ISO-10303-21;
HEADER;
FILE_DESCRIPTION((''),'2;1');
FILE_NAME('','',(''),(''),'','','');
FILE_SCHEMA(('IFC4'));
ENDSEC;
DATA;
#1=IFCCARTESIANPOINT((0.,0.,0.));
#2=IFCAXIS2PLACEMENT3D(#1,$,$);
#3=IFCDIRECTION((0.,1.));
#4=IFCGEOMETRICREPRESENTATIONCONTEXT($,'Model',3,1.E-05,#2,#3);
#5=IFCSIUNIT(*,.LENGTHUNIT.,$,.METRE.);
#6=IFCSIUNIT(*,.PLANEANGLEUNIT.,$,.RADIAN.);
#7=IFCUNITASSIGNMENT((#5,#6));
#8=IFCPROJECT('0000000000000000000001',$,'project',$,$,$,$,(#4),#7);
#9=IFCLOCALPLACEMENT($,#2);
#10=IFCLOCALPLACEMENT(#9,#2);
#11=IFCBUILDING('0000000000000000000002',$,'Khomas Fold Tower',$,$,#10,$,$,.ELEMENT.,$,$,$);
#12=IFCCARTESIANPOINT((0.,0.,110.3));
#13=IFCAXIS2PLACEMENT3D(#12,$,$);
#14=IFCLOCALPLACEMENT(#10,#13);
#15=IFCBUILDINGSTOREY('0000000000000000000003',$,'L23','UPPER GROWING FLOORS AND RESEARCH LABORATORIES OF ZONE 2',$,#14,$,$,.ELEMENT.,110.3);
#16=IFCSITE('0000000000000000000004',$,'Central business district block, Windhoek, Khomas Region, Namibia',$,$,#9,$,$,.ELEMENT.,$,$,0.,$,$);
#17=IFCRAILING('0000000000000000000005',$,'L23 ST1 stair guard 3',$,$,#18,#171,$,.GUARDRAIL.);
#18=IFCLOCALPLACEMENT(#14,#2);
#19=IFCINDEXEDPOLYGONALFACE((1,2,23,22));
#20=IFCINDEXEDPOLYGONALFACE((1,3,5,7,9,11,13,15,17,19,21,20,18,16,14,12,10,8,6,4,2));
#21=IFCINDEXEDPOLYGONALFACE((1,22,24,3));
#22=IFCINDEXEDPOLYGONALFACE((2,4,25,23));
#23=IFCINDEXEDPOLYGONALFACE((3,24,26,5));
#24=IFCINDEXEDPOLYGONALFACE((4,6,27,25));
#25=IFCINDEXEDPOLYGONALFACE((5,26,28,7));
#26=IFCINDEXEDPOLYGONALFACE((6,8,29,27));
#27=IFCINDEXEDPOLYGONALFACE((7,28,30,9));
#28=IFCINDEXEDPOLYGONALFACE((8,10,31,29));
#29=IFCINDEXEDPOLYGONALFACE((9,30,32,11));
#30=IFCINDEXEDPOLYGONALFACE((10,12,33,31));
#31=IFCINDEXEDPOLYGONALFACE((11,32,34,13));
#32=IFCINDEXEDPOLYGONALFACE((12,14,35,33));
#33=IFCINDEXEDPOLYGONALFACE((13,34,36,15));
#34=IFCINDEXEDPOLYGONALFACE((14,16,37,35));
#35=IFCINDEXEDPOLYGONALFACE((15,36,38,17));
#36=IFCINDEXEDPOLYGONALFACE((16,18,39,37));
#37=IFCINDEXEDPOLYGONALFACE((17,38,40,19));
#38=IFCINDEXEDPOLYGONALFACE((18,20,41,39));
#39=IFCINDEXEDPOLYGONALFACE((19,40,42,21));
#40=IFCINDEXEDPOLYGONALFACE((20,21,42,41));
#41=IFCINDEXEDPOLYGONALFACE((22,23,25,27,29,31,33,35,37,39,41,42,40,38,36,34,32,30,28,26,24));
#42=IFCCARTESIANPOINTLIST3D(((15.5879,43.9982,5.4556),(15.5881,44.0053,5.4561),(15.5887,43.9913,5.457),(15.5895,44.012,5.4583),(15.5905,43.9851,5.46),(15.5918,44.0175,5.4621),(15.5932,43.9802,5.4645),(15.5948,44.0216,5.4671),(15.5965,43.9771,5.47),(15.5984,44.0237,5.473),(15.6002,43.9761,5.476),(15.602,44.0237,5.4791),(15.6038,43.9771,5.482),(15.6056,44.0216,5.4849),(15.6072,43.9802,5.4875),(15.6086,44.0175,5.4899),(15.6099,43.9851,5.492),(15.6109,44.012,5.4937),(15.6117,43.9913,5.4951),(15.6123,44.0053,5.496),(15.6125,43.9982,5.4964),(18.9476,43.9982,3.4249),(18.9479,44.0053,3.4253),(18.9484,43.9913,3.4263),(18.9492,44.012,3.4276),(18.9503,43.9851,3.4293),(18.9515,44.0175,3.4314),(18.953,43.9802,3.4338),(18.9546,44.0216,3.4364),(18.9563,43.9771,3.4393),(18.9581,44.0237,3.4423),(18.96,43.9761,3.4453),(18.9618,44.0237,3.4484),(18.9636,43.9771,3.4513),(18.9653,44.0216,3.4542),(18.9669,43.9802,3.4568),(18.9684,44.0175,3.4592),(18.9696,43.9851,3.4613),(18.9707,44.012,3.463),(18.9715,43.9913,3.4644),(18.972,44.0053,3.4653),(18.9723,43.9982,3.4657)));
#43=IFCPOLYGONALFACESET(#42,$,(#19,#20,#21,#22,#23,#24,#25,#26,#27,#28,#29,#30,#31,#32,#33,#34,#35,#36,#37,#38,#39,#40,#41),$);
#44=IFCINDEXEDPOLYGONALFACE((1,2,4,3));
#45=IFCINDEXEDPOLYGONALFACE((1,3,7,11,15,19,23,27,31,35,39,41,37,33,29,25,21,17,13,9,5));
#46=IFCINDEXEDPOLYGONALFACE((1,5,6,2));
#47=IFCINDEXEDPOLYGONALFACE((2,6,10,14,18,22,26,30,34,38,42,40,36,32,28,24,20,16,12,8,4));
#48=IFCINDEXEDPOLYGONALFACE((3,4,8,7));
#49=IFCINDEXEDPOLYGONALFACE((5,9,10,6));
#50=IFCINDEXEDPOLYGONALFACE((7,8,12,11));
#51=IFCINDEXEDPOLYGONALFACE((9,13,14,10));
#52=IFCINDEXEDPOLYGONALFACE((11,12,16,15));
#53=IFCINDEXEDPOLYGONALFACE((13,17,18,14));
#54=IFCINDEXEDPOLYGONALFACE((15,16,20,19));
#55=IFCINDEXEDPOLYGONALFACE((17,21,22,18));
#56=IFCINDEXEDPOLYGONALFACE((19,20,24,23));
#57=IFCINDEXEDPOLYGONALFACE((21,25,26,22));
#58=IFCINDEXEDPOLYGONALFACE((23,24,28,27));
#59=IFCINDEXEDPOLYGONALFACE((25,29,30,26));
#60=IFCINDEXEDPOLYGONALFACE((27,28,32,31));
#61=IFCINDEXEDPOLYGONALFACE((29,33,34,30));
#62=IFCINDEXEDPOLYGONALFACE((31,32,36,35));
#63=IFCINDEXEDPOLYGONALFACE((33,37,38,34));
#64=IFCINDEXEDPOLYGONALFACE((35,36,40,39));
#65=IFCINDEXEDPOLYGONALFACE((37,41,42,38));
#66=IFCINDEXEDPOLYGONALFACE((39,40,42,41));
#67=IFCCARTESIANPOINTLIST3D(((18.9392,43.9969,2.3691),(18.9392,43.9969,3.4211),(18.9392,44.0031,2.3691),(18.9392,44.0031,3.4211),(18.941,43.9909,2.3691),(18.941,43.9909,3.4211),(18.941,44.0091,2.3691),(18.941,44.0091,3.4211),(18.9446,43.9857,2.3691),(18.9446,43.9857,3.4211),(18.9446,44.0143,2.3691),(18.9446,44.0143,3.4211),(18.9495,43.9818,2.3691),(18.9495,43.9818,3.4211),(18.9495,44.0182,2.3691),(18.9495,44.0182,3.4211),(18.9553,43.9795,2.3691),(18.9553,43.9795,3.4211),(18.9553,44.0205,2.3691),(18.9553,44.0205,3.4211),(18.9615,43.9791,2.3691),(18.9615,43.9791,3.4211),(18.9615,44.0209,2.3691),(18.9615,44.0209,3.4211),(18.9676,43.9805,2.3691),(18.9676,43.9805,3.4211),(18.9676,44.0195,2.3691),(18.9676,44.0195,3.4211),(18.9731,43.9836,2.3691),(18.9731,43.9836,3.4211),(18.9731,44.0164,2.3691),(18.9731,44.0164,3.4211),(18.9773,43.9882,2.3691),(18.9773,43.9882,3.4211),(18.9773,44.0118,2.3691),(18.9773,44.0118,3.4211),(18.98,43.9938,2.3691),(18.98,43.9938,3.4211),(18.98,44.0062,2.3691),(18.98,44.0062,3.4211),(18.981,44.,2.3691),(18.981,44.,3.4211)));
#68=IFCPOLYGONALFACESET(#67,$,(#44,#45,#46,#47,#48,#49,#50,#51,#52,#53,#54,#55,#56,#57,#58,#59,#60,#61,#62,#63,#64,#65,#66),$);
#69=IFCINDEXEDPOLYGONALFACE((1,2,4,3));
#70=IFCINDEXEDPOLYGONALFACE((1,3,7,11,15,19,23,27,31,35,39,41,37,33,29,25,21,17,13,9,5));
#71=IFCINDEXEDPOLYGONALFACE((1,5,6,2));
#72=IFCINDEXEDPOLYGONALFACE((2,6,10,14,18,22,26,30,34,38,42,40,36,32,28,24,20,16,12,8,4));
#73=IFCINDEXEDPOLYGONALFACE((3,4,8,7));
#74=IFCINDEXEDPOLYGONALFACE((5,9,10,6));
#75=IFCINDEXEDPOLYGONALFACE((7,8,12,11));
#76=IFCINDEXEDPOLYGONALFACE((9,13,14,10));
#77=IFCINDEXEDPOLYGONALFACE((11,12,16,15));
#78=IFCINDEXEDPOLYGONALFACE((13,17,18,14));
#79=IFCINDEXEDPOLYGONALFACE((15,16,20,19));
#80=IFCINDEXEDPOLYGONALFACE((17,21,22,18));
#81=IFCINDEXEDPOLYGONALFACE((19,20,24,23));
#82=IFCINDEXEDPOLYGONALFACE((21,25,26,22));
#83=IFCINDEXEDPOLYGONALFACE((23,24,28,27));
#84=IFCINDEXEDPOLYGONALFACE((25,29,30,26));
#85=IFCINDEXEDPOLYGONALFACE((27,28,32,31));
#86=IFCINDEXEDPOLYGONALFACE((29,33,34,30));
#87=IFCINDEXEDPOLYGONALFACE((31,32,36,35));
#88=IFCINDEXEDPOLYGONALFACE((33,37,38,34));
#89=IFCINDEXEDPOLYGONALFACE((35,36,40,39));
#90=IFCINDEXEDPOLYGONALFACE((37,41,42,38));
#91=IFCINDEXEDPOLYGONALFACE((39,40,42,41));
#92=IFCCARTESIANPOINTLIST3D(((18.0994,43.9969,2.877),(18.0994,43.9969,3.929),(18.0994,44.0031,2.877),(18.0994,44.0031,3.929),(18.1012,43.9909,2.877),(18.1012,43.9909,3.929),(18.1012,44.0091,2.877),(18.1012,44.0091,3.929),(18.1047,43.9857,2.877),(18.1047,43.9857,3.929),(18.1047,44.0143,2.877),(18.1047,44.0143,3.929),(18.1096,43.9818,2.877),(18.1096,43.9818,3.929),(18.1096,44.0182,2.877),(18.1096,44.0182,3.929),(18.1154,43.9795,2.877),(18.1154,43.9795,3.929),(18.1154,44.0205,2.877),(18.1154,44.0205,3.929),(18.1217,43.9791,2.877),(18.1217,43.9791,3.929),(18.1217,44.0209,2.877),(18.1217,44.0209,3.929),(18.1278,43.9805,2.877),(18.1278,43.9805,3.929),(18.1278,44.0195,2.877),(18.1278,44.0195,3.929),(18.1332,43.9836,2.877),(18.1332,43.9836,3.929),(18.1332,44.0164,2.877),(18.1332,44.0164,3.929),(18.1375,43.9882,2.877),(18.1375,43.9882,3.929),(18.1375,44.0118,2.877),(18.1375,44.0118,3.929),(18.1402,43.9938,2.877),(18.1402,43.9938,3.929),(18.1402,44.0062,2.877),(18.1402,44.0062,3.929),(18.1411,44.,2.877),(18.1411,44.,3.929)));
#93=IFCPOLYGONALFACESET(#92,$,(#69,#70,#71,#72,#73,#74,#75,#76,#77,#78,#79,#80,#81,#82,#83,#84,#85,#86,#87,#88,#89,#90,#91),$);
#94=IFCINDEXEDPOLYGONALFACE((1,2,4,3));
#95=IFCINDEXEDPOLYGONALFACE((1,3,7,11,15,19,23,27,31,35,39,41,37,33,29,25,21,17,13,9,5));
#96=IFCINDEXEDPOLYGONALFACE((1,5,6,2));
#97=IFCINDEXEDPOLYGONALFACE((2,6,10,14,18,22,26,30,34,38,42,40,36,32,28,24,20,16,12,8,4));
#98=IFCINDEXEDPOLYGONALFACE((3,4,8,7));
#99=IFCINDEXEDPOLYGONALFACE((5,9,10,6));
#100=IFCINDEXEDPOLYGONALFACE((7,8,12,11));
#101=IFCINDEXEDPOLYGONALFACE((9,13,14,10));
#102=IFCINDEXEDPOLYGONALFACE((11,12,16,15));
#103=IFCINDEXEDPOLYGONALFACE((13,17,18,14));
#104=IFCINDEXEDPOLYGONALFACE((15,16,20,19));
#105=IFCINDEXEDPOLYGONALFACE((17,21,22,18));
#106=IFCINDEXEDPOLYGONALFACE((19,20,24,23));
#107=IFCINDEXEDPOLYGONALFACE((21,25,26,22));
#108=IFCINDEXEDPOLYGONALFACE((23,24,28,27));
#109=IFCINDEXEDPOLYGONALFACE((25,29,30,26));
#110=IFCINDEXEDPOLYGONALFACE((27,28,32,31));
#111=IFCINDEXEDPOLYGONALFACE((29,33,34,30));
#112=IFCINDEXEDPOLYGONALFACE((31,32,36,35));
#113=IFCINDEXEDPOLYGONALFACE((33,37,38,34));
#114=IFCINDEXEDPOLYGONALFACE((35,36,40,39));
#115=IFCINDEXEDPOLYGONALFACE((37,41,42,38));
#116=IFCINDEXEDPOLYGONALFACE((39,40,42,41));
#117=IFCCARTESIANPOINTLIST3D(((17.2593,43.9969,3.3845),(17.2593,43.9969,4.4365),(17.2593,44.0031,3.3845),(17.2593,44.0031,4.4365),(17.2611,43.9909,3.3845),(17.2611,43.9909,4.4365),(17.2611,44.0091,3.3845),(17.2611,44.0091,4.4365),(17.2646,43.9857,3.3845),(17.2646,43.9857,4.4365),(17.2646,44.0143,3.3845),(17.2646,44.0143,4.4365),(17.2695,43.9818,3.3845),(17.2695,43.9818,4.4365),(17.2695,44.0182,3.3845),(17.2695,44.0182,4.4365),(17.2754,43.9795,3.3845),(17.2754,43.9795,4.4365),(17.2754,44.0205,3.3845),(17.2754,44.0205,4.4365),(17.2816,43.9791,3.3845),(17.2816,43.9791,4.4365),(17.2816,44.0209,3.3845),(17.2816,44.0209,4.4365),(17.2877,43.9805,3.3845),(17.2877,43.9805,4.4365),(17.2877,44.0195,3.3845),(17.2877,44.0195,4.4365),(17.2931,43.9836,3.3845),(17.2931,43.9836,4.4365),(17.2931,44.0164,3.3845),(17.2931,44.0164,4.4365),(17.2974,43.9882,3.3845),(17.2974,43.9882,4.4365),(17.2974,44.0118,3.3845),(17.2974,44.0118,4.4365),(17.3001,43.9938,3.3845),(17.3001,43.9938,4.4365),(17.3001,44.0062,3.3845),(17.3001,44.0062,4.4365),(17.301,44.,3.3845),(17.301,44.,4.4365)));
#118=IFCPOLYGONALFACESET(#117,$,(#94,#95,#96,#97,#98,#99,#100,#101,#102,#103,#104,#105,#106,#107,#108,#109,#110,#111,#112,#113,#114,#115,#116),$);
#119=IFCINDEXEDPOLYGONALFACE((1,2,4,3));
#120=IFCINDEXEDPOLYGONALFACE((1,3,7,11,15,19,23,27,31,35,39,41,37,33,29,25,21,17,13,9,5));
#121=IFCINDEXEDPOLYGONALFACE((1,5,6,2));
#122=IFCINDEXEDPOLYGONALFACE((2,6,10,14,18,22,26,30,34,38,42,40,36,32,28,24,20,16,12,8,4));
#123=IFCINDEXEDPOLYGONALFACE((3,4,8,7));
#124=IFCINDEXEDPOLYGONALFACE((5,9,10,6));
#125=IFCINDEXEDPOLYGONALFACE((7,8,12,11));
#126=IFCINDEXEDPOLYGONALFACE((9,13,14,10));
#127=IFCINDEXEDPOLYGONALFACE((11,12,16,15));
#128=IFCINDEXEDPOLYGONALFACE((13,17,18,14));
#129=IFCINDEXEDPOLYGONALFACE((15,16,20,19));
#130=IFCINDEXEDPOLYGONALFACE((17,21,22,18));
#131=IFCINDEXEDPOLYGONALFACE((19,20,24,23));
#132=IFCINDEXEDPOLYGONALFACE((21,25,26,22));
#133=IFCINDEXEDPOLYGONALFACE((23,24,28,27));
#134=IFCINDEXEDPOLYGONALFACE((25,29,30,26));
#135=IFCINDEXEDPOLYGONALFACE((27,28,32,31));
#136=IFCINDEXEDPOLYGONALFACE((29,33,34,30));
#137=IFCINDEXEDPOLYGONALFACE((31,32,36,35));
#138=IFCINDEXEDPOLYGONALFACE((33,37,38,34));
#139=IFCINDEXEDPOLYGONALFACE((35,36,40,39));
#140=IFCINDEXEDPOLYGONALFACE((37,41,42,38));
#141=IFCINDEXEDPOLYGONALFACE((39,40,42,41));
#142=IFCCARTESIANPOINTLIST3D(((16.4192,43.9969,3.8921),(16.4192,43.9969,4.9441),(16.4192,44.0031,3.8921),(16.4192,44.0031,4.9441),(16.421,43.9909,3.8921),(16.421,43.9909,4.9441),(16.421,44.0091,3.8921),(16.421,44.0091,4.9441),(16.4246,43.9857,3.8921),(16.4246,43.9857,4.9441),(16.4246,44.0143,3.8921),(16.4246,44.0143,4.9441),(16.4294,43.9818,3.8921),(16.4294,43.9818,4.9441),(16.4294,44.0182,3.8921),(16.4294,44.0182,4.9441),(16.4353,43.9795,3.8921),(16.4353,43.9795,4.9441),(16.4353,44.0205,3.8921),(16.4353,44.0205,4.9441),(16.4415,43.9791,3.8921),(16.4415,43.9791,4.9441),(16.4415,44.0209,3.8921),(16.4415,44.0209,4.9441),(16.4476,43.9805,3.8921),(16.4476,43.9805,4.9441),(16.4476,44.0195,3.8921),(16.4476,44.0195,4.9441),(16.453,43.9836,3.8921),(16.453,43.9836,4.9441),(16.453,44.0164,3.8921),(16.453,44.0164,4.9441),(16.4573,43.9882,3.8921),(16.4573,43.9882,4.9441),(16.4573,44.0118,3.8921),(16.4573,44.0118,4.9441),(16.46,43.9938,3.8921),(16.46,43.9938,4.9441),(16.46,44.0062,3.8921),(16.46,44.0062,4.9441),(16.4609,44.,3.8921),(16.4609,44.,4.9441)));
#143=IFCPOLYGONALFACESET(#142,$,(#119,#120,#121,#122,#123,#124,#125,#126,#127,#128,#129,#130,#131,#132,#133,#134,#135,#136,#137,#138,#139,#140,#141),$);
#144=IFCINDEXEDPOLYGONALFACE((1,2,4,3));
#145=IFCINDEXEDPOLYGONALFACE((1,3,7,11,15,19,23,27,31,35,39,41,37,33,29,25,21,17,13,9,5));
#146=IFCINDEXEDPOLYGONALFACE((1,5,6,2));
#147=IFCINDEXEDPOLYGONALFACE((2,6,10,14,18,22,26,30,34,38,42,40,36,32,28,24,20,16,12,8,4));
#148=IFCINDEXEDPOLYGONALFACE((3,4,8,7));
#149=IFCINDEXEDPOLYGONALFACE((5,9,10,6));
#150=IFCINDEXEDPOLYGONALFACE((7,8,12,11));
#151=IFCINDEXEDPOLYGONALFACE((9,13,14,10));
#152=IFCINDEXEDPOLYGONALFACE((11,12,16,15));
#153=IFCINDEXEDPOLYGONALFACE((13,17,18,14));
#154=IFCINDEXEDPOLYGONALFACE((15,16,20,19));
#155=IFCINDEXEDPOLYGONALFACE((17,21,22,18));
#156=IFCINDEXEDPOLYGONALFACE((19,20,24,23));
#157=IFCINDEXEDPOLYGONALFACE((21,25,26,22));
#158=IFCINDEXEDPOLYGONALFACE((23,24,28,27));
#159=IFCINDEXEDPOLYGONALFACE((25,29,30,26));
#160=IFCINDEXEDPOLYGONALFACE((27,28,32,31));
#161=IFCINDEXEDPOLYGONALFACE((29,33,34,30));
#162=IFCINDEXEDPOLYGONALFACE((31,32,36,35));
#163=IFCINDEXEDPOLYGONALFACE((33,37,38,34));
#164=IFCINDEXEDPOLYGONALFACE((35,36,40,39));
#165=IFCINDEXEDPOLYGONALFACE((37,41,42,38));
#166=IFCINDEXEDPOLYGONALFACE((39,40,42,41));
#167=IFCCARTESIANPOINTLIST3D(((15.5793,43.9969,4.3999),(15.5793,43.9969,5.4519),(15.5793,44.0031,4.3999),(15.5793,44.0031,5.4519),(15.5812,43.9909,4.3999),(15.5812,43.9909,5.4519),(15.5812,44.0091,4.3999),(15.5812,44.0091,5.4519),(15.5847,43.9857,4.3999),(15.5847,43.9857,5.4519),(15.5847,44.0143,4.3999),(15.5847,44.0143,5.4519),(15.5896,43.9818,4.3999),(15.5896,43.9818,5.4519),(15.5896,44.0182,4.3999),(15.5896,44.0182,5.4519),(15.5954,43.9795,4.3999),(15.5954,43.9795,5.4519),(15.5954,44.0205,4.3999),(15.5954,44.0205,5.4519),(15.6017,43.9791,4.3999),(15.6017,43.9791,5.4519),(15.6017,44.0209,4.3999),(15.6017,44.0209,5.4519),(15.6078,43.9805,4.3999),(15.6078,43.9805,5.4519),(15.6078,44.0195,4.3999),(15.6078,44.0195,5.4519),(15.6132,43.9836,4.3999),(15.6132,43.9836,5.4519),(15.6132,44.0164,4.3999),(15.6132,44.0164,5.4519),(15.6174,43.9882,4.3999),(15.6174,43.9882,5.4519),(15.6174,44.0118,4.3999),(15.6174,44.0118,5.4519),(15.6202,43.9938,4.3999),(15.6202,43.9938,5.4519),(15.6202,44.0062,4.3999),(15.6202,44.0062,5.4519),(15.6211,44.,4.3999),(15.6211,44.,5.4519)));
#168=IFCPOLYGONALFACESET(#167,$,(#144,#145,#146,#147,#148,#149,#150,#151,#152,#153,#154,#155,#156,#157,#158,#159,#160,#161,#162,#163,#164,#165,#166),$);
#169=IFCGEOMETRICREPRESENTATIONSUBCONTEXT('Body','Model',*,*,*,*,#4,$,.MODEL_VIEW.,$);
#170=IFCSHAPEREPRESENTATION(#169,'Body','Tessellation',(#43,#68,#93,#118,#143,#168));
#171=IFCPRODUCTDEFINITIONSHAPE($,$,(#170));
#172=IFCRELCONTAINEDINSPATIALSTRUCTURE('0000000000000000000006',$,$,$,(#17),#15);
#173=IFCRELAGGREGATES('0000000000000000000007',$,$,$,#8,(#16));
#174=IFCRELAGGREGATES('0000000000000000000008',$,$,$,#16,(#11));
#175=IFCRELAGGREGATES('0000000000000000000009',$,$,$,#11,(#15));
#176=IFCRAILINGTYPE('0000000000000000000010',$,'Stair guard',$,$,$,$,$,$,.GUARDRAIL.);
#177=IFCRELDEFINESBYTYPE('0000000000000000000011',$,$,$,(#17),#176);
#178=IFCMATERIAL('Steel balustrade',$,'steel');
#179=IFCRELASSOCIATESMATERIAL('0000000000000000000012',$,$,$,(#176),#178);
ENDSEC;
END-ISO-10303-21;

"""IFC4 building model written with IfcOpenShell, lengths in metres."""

from ifc_helpers import new_model, si_unit, direction, frame, origin, origin_2d, place, context, subcontext, project, spatial, circle, extrude, source, transform, mapped, material, type_object, element, save


model = new_model("IFC4")

# Units and contexts
model_context = context("Model", 3, precision=1e-05, world=origin(), true_north=direction((0.0, 1.0)))
body_context = subcontext(model_context, "Body", "Model", "MODEL_VIEW")
ifc_project = project(units=[si_unit("LENGTHUNIT", "METRE"), si_unit("PLANEANGLEUNIT", "RADIAN")], contexts=[model_context])

# Site, building, storey
site_placement = place(None, origin())
site = spatial("IfcSite", under=ifc_project, at=site_placement, Name="Central business district block, Windhoek, Khomas Region, Namibia", CompositionType="ELEMENT", RefElevation=0.0)
building_placement = place(site_placement, origin())
building = spatial("IfcBuilding", under=site, at=building_placement, Name="Khomas Fold Tower", CompositionType="ELEMENT")
storey_placement = place(building_placement, frame((0.0, 0.0, 110.3)))
storey = spatial("IfcBuildingStorey", under=building, at=storey_placement, Name="L23", Description="UPPER GROWING FLOORS AND RESEARCH LABORATORIES OF ZONE 2", CompositionType="ELEMENT", Elevation=110.3)

# Railing
ifc_material_1 = material(Name="Steel balustrade", Category="steel")
railing_type_1 = type_object("IfcRailingType", Name="Stair guard", PredefinedType="GUARDRAIL", material=ifc_material_1)
shared_shape_1 = source(origin(), body_context, "Body", "SweptSolid", [
    extrude(circle(Radius=0.0239, at=origin_2d()), frame((0.0, 0.0, 1.0762), z_axis=(-0.85582, 0.0, 0.517273), x_axis=(0.0, -1.0, 0.0)), (0.0, 0.0, 1.0), 3.9258),
    extrude(circle(Radius=0.021, at=origin_2d()), origin(), (0.0, 0.0, 1.0), 1.052),
    extrude(circle(Radius=0.021, at=origin_2d()), frame((-0.8398, 0.0, 0.5078)), (0.0, 0.0, 1.0), 1.052),
    extrude(circle(Radius=0.021, at=origin_2d()), frame((-1.6799, 0.0, 1.0154)), (0.0, 0.0, 1.0), 1.052),
    extrude(circle(Radius=0.021, at=origin_2d()), frame((-2.52, 0.0, 1.5229)), (0.0, 0.0, 1.0), 1.052),
    extrude(circle(Radius=0.021, at=origin_2d()), frame((-3.3599, 0.0, 2.0308)), (0.0, 0.0, 1.0), 1.052),
])
railing_1_placement = place(storey_placement, frame((18.96, 44.0, 2.3691)))
element("IfcRailing", 1, at=railing_1_placement, inside=storey, type_object=railing_type_1, Name="L23 ST1 stair guard 3", PredefinedType="GUARDRAIL", context=body_context, shape_type="MappedRepresentation", body=[
    mapped(shared_shape_1, transform((0.0, 0.0, 0.0))),
])

save(model, "model.ifc")
